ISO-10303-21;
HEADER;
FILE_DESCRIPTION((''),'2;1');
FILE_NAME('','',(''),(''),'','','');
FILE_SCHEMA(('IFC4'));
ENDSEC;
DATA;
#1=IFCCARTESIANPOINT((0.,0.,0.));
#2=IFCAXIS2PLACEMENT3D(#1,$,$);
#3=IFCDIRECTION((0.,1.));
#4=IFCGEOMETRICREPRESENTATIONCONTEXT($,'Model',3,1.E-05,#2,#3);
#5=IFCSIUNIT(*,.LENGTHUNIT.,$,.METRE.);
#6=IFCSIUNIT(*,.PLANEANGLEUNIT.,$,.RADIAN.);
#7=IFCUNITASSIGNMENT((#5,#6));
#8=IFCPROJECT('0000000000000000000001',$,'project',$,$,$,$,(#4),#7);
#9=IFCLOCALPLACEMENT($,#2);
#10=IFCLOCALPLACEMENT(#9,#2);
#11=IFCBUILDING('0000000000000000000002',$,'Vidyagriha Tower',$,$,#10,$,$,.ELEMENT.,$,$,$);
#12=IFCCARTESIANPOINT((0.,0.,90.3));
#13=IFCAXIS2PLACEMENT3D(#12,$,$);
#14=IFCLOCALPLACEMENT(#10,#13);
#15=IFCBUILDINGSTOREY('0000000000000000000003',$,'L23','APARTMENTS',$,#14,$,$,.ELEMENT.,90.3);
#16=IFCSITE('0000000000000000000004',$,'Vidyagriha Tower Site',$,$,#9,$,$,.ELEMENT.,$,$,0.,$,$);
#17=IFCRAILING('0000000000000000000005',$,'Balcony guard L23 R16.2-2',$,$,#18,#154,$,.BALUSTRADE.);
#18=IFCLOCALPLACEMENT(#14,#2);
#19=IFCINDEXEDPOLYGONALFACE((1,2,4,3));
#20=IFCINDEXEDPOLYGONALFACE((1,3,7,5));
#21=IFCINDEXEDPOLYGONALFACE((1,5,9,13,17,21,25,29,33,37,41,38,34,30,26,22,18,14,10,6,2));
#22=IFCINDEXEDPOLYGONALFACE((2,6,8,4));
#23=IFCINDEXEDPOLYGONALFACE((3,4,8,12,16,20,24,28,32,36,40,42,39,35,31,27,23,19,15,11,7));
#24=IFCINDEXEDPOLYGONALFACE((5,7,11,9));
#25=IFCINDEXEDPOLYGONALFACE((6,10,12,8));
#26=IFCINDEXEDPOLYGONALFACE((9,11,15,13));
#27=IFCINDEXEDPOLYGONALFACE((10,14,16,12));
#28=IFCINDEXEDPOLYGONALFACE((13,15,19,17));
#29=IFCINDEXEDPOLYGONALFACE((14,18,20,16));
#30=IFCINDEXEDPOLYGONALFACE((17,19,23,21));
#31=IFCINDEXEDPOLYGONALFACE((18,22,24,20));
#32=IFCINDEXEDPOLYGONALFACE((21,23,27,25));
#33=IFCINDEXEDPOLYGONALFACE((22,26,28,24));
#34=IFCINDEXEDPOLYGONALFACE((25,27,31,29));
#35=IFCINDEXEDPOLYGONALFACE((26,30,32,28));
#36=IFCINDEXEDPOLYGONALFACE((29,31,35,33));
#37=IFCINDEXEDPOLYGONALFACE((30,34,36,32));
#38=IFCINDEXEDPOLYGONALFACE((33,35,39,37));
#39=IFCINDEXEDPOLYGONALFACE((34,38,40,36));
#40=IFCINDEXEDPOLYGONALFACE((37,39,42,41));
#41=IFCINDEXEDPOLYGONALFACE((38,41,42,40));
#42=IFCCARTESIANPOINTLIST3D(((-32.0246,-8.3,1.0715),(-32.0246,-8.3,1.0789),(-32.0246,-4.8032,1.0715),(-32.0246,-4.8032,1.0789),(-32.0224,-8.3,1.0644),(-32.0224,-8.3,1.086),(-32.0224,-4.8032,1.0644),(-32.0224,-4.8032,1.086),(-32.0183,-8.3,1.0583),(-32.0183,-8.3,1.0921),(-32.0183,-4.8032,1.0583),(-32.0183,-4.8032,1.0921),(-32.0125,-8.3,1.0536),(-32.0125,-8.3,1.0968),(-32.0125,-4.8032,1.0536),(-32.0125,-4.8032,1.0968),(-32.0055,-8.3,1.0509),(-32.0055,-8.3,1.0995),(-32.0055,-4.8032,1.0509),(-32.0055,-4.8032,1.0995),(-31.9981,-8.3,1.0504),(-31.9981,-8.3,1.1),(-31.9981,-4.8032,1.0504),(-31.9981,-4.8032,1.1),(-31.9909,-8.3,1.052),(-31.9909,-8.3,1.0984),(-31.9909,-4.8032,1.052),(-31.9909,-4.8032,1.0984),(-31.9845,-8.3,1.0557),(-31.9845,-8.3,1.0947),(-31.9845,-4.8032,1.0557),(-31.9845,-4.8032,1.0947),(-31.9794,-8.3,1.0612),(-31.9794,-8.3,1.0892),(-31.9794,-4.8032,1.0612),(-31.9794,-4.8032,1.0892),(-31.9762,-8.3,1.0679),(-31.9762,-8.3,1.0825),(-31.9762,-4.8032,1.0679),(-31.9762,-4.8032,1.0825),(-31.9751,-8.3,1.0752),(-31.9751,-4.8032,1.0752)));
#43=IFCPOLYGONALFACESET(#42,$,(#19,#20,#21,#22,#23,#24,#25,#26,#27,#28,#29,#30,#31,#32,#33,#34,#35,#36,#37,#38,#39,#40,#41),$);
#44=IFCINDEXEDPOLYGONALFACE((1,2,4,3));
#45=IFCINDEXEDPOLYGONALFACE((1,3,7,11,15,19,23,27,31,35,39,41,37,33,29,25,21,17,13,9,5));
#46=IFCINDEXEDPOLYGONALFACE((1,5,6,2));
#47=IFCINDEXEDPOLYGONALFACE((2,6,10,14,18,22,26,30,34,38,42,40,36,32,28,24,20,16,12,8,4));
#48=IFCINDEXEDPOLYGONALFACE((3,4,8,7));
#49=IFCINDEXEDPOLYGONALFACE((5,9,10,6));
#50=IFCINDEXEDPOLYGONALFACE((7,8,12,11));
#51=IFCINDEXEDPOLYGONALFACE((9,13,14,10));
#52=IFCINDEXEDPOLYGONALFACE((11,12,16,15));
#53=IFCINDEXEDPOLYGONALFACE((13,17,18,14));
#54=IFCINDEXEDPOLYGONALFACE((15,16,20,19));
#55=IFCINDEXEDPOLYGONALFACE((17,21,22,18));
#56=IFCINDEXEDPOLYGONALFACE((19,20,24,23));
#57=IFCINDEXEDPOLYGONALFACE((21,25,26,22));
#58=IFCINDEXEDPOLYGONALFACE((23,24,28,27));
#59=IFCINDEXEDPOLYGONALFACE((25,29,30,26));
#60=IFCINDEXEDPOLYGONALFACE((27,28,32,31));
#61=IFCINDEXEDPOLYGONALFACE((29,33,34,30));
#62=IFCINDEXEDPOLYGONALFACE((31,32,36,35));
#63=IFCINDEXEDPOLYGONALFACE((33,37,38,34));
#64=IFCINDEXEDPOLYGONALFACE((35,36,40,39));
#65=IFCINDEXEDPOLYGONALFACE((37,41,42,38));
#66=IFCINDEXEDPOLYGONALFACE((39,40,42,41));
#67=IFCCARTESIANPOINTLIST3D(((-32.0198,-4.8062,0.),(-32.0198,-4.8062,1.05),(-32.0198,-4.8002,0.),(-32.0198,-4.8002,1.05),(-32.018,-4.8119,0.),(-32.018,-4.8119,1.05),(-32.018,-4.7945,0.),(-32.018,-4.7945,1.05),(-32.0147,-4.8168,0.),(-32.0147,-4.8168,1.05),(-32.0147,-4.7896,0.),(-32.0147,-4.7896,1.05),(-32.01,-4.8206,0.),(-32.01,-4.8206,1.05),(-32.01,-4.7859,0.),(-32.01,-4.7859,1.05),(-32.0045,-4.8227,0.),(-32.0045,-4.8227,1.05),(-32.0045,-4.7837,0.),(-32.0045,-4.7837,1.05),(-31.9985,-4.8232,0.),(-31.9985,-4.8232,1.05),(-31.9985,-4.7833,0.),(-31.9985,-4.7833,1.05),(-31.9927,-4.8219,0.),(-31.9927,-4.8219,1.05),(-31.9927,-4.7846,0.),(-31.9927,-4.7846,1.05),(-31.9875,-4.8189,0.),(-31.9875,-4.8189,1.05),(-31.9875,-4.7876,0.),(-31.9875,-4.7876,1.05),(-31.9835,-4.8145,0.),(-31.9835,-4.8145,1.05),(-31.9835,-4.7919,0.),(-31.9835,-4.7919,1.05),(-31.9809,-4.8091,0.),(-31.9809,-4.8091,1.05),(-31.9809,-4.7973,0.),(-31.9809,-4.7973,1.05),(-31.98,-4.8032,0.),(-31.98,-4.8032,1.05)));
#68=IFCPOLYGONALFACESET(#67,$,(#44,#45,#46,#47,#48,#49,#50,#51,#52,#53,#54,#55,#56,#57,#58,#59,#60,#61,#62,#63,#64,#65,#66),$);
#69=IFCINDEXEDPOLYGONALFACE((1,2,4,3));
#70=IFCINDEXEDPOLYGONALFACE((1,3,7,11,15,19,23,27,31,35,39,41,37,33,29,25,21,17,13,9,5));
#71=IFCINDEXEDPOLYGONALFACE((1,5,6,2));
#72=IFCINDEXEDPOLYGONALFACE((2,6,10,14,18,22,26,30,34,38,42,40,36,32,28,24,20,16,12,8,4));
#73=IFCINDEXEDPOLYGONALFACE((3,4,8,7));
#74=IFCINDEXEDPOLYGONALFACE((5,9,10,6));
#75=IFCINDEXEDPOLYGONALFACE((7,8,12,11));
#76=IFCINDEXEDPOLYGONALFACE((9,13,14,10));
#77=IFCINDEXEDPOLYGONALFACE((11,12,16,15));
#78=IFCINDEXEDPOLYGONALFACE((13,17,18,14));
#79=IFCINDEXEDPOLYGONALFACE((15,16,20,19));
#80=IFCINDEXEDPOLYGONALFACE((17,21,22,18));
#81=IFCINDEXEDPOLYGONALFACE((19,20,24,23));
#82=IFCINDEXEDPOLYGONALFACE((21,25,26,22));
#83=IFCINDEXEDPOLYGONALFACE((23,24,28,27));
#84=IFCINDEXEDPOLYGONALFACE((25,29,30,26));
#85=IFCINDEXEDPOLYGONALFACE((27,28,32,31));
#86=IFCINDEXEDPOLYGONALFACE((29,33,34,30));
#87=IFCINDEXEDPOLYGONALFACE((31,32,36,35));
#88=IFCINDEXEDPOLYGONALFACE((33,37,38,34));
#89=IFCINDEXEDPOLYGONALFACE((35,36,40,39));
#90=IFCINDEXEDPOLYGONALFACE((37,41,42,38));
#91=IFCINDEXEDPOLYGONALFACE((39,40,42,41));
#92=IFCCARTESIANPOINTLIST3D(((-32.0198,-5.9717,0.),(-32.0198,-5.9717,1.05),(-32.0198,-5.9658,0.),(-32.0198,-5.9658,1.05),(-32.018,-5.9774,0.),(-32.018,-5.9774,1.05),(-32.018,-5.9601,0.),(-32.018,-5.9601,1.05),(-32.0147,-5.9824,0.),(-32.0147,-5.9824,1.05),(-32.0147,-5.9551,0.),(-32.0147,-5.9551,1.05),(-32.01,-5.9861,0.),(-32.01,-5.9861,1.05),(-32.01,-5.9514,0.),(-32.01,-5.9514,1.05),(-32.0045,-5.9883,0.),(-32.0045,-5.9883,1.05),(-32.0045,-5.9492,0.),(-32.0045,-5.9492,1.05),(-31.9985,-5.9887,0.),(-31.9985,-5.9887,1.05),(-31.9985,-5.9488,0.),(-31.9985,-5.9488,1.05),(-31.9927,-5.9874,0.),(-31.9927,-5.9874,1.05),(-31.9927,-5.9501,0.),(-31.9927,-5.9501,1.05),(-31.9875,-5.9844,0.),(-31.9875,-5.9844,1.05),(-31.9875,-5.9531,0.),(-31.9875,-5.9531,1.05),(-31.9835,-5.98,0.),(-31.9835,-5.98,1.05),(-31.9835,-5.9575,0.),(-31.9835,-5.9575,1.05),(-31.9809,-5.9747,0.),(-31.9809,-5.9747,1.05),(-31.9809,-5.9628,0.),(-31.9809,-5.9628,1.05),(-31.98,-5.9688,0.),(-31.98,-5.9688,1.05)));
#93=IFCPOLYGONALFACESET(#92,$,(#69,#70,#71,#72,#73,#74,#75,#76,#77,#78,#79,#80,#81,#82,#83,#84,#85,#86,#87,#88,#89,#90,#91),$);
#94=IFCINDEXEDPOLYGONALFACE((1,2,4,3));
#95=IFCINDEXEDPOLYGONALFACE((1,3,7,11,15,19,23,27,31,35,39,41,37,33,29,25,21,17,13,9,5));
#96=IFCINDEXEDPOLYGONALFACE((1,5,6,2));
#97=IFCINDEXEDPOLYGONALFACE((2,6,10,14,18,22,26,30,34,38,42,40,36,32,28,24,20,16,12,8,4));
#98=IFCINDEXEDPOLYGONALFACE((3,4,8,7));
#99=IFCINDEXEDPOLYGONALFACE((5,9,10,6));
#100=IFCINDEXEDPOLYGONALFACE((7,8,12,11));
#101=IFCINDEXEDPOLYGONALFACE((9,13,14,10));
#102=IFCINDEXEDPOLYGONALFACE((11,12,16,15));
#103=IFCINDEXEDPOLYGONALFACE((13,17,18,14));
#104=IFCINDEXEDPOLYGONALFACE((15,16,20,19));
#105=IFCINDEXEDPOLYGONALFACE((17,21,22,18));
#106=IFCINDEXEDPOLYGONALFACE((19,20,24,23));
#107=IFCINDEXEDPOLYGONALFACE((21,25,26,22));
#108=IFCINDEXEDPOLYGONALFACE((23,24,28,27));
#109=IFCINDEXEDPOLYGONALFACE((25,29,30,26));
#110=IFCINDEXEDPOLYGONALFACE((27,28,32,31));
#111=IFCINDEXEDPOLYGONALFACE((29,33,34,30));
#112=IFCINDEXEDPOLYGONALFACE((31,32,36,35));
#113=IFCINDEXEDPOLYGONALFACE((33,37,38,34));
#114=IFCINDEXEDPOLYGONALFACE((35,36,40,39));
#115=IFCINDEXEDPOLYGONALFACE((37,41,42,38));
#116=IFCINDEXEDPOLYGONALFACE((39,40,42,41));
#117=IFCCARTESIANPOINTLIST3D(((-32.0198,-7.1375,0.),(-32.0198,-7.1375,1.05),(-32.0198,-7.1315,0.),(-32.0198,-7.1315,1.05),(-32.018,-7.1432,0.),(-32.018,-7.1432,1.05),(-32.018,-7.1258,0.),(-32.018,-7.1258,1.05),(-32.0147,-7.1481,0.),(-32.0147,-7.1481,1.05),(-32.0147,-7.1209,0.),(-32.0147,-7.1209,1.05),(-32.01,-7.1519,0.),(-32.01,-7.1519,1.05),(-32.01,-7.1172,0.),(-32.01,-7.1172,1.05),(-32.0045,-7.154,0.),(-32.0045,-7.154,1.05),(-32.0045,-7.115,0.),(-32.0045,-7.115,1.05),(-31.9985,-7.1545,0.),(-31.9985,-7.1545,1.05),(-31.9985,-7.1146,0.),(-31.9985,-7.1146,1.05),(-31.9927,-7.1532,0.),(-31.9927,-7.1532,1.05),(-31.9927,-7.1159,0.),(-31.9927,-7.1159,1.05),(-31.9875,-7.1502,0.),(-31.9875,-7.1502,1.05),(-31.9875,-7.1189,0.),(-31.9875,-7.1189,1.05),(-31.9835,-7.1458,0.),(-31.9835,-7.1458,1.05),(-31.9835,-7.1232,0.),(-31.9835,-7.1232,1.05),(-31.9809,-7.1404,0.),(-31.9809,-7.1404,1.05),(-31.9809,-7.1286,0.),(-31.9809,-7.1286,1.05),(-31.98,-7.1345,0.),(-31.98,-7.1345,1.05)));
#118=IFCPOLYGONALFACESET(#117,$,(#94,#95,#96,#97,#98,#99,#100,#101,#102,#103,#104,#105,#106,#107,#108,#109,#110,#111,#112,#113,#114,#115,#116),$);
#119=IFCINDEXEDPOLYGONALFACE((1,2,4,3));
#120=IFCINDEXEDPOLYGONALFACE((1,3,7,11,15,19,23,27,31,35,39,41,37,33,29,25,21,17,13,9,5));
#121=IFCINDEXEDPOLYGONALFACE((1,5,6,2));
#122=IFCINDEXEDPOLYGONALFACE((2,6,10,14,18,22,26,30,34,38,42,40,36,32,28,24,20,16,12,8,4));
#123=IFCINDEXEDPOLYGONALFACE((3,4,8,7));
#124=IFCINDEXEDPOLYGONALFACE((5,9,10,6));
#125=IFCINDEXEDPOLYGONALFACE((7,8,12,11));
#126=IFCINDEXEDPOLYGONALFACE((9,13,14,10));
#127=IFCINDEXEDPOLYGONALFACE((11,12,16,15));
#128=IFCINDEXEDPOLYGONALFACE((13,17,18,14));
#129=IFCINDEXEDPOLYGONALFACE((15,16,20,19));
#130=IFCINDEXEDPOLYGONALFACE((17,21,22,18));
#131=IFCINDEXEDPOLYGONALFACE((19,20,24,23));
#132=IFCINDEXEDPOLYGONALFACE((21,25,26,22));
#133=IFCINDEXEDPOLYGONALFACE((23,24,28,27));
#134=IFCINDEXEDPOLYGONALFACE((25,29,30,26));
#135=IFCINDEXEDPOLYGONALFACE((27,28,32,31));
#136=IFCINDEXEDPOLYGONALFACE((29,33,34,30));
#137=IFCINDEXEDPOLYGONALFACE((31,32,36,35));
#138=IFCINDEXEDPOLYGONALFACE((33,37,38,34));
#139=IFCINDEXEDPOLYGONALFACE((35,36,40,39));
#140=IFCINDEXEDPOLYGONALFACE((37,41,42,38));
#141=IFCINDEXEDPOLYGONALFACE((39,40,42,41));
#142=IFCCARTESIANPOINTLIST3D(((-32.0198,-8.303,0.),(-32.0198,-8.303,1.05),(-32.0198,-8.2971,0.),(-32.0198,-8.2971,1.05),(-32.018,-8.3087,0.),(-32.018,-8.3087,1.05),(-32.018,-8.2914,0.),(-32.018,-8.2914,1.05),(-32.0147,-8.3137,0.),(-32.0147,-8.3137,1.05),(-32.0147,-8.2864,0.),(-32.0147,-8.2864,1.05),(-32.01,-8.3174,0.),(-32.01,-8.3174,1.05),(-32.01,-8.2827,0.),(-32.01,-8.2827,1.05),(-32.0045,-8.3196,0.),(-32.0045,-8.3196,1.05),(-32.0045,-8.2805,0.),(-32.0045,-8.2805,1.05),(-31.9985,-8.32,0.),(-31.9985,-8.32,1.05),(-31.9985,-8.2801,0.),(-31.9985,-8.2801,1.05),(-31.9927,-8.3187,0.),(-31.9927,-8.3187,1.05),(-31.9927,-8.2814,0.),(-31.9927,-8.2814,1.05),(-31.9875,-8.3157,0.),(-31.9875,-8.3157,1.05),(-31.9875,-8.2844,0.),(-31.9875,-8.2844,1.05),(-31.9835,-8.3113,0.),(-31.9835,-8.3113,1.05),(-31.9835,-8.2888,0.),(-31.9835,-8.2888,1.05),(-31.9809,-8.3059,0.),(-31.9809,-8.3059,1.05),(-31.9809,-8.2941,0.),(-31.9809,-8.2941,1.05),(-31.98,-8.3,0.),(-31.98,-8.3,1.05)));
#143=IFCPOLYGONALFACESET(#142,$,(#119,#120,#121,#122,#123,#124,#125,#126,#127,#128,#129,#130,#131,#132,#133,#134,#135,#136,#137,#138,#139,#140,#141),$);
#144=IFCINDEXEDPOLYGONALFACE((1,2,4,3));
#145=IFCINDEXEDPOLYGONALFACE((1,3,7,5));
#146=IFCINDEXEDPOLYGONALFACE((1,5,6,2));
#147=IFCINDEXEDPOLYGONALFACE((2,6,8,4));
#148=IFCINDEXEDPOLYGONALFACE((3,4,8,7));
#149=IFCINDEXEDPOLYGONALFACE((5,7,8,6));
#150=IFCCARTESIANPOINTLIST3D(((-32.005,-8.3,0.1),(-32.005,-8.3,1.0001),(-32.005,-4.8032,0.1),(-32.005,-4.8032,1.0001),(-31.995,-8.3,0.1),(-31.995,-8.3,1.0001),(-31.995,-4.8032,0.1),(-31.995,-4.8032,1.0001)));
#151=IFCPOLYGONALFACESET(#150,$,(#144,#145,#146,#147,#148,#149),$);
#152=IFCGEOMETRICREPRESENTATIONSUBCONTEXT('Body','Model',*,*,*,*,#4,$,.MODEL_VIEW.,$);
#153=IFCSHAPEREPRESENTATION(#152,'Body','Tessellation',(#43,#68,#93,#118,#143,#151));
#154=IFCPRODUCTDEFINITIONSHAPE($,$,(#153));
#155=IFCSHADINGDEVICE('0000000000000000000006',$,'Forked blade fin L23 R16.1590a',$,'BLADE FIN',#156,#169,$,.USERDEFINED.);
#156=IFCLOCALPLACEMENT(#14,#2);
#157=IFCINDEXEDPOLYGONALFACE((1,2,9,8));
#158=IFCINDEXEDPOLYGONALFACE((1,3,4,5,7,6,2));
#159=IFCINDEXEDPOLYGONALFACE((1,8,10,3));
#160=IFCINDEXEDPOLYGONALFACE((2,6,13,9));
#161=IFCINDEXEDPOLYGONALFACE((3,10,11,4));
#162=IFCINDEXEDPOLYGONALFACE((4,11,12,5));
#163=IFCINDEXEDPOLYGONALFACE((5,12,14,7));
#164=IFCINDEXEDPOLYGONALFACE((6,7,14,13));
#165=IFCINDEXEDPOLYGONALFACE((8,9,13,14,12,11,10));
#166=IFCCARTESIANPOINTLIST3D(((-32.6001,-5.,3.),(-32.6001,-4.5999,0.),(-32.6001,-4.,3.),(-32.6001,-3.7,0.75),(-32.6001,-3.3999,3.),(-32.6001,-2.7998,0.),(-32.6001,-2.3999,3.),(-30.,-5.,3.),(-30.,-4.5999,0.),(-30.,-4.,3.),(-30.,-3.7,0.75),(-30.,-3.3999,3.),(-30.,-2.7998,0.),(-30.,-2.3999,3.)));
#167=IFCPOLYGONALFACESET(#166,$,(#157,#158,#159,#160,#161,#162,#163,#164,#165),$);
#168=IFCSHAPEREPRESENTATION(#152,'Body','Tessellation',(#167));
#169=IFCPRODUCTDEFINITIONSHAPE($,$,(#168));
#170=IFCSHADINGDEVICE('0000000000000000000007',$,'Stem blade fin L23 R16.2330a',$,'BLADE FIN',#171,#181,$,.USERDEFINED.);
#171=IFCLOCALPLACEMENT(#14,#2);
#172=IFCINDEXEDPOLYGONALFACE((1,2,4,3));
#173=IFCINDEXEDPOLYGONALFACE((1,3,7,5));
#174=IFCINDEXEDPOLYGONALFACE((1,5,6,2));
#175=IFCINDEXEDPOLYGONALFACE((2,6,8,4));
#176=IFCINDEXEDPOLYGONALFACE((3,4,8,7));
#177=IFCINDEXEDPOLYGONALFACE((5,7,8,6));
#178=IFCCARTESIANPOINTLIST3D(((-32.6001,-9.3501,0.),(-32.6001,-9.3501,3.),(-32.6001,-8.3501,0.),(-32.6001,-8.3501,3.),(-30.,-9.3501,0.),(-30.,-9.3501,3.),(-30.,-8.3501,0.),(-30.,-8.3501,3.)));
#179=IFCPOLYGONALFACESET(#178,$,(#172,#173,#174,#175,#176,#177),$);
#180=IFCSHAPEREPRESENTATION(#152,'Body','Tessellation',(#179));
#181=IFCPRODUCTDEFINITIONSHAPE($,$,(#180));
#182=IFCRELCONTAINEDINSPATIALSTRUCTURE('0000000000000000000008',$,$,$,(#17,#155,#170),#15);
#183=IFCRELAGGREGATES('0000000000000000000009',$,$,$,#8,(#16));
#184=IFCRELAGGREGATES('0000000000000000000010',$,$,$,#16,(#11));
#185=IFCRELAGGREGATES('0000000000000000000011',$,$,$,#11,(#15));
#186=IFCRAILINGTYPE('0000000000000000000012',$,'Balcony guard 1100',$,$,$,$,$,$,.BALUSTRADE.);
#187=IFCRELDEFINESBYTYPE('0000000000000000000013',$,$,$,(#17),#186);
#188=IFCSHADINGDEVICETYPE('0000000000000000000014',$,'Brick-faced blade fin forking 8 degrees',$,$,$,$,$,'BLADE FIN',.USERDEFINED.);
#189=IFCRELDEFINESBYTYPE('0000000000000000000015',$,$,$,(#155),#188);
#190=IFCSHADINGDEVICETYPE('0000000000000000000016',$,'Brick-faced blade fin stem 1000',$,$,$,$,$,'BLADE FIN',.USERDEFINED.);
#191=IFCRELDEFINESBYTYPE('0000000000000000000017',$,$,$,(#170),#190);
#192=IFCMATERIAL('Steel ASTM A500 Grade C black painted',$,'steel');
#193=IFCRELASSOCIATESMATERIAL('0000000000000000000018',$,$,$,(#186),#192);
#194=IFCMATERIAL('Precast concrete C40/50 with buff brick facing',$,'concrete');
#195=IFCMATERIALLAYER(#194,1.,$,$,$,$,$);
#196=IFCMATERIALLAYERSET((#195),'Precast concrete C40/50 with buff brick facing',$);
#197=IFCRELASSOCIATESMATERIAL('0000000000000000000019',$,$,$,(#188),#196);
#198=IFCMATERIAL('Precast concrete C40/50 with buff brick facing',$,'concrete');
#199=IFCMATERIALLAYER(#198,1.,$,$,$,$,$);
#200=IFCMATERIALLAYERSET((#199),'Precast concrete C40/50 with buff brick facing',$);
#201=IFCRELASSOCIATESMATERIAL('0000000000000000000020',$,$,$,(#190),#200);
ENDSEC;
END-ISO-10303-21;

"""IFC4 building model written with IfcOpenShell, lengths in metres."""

from ifc_helpers import new_model, si_unit, direction, frame, origin, origin_2d, place, context, subcontext, project, spatial, polyline, rectangle, circle, outline, extrude, material, layer, layer_set, type_object, element, save


model = new_model("IFC4")

# Units and contexts
model_context = context("Model", 3, precision=1e-05, world=origin(), true_north=direction((0.0, 1.0)))
body_context = subcontext(model_context, "Body", "Model", "MODEL_VIEW")
ifc_project = project(units=[si_unit("LENGTHUNIT", "METRE"), si_unit("PLANEANGLEUNIT", "RADIAN")], contexts=[model_context])

# Site, building, storey
site_placement = place(None, origin())
site = spatial("IfcSite", under=ifc_project, at=site_placement, Name="Vidyagriha Tower Site", CompositionType="ELEMENT", RefElevation=0.0)
building_placement = place(site_placement, origin())
building = spatial("IfcBuilding", under=site, at=building_placement, Name="Vidyagriha Tower", CompositionType="ELEMENT")
storey_placement = place(building_placement, frame((0.0, 0.0, 90.3)))
storey = spatial("IfcBuildingStorey", under=building, at=storey_placement, Name="L23", Description="APARTMENTS", CompositionType="ELEMENT", Elevation=90.3)

# Railing
ifc_material_1 = material(Name="Steel ASTM A500 Grade C black painted", Category="steel")
railing_type_1 = type_object("IfcRailingType", Name="Balcony guard 1100", PredefinedType="BALUSTRADE", material=ifc_material_1)
railing_1_placement = place(storey_placement, frame((-32.0, -4.8032, 0.0)))
element("IfcRailing", 1, at=railing_1_placement, inside=storey, type_object=railing_type_1, Name="Balcony guard L23 R16.2-2", PredefinedType="BALUSTRADE", context=body_context, shape_type="SweptSolid", body=[
    extrude(circle(Radius=0.0249, at=origin_2d()), frame((0.0, 0.0, 1.0752), z_axis=(0.0, -1.0, 0.0), x_axis=(1.0, 0.0, 0.0)), (0.0, 0.0, 1.0), 3.4968),
    extrude(circle(Radius=0.02, at=origin_2d()), origin(), (0.0, 0.0, 1.0), 1.05),
    extrude(circle(Radius=0.02, at=origin_2d()), frame((0.0, -1.1655, 0.0)), (0.0, 0.0, 1.0), 1.05),
    extrude(circle(Radius=0.02, at=origin_2d()), frame((0.0, -2.3313, 0.0)), (0.0, 0.0, 1.0), 1.05),
    extrude(circle(Radius=0.02, at=origin_2d()), frame((0.0, -3.4968, 0.0)), (0.0, 0.0, 1.0), 1.05),
    extrude(rectangle(XDim=0.01, YDim=0.9001, at=origin_2d()), frame((0.0, 0.0, 0.55), z_axis=(0.0, -1.0, 0.0), x_axis=(1.0, 0.0, 0.0)), (0.0, 0.0, 1.0), 3.4968),
])

# Shading devices
ifc_material_2 = material(Name="Precast concrete C40/50 with buff brick facing", Category="concrete")
ifc_layer_1 = layer(ifc_material_2, 1.0)
ifc_layer_set_1 = layer_set([ifc_layer_1], Name="Precast concrete C40/50 with buff brick facing")
shading_device_type_1 = type_object("IfcShadingDeviceType", Name="Brick-faced blade fin forking 8 degrees", ElementType="BLADE FIN", PredefinedType="USERDEFINED", material=ifc_layer_set_1)
shading_device_1_placement = place(storey_placement, frame((-31.3, -2.3999, 0.0), z_axis=(0.0, 0.0, 1.0), x_axis=(0.0, -1.0, 0.0)))
element("IfcShadingDevice", 2, at=shading_device_1_placement, inside=storey, type_object=shading_device_type_1, Name="Forked blade fin L23 R16.1590a", ObjectType="BLADE FIN", PredefinedType="USERDEFINED", context=body_context, shape_type="SweptSolid", body=[
    extrude(outline(polyline([(0.3999, 0.0), (2.2, 0.0), (2.6001, 3.0), (1.6001, 3.0), (1.3, 0.75), (1.0, 3.0), (0.0, 3.0), (0.3999, 0.0)])), frame((0.0, 1.3, 0.0), z_axis=(0.0, -1.0, 0.0), x_axis=(1.0, 0.0, 0.0)), (0.0, 0.0, 1.0), 2.6001),
])
ifc_material_3 = material(Name="Precast concrete C40/50 with buff brick facing", Category="concrete")
ifc_layer_2 = layer(ifc_material_3, 1.0)
ifc_layer_set_2 = layer_set([ifc_layer_2], Name="Precast concrete C40/50 with buff brick facing")
shading_device_type_2 = type_object("IfcShadingDeviceType", Name="Brick-faced blade fin stem 1000", ElementType="BLADE FIN", PredefinedType="USERDEFINED", material=ifc_layer_set_2)
shading_device_2_placement = place(storey_placement, frame((-31.3, -8.3501, 0.0), z_axis=(0.0, 0.0, 1.0), x_axis=(0.0, -1.0, 0.0)))
element("IfcShadingDevice", 3, at=shading_device_2_placement, inside=storey, type_object=shading_device_type_2, Name="Stem blade fin L23 R16.2330a", ObjectType="BLADE FIN", PredefinedType="USERDEFINED", context=body_context, shape_type="SweptSolid", body=[
    extrude(outline(polyline([(0.0, 0.0), (1.0, 0.0), (1.0, 3.0), (0.0, 3.0), (0.0, 0.0)])), frame((0.0, 1.3, 0.0), z_axis=(0.0, -1.0, 0.0), x_axis=(1.0, 0.0, 0.0)), (0.0, 0.0, 1.0), 2.6001),
])

save(model, "model.ifc")
